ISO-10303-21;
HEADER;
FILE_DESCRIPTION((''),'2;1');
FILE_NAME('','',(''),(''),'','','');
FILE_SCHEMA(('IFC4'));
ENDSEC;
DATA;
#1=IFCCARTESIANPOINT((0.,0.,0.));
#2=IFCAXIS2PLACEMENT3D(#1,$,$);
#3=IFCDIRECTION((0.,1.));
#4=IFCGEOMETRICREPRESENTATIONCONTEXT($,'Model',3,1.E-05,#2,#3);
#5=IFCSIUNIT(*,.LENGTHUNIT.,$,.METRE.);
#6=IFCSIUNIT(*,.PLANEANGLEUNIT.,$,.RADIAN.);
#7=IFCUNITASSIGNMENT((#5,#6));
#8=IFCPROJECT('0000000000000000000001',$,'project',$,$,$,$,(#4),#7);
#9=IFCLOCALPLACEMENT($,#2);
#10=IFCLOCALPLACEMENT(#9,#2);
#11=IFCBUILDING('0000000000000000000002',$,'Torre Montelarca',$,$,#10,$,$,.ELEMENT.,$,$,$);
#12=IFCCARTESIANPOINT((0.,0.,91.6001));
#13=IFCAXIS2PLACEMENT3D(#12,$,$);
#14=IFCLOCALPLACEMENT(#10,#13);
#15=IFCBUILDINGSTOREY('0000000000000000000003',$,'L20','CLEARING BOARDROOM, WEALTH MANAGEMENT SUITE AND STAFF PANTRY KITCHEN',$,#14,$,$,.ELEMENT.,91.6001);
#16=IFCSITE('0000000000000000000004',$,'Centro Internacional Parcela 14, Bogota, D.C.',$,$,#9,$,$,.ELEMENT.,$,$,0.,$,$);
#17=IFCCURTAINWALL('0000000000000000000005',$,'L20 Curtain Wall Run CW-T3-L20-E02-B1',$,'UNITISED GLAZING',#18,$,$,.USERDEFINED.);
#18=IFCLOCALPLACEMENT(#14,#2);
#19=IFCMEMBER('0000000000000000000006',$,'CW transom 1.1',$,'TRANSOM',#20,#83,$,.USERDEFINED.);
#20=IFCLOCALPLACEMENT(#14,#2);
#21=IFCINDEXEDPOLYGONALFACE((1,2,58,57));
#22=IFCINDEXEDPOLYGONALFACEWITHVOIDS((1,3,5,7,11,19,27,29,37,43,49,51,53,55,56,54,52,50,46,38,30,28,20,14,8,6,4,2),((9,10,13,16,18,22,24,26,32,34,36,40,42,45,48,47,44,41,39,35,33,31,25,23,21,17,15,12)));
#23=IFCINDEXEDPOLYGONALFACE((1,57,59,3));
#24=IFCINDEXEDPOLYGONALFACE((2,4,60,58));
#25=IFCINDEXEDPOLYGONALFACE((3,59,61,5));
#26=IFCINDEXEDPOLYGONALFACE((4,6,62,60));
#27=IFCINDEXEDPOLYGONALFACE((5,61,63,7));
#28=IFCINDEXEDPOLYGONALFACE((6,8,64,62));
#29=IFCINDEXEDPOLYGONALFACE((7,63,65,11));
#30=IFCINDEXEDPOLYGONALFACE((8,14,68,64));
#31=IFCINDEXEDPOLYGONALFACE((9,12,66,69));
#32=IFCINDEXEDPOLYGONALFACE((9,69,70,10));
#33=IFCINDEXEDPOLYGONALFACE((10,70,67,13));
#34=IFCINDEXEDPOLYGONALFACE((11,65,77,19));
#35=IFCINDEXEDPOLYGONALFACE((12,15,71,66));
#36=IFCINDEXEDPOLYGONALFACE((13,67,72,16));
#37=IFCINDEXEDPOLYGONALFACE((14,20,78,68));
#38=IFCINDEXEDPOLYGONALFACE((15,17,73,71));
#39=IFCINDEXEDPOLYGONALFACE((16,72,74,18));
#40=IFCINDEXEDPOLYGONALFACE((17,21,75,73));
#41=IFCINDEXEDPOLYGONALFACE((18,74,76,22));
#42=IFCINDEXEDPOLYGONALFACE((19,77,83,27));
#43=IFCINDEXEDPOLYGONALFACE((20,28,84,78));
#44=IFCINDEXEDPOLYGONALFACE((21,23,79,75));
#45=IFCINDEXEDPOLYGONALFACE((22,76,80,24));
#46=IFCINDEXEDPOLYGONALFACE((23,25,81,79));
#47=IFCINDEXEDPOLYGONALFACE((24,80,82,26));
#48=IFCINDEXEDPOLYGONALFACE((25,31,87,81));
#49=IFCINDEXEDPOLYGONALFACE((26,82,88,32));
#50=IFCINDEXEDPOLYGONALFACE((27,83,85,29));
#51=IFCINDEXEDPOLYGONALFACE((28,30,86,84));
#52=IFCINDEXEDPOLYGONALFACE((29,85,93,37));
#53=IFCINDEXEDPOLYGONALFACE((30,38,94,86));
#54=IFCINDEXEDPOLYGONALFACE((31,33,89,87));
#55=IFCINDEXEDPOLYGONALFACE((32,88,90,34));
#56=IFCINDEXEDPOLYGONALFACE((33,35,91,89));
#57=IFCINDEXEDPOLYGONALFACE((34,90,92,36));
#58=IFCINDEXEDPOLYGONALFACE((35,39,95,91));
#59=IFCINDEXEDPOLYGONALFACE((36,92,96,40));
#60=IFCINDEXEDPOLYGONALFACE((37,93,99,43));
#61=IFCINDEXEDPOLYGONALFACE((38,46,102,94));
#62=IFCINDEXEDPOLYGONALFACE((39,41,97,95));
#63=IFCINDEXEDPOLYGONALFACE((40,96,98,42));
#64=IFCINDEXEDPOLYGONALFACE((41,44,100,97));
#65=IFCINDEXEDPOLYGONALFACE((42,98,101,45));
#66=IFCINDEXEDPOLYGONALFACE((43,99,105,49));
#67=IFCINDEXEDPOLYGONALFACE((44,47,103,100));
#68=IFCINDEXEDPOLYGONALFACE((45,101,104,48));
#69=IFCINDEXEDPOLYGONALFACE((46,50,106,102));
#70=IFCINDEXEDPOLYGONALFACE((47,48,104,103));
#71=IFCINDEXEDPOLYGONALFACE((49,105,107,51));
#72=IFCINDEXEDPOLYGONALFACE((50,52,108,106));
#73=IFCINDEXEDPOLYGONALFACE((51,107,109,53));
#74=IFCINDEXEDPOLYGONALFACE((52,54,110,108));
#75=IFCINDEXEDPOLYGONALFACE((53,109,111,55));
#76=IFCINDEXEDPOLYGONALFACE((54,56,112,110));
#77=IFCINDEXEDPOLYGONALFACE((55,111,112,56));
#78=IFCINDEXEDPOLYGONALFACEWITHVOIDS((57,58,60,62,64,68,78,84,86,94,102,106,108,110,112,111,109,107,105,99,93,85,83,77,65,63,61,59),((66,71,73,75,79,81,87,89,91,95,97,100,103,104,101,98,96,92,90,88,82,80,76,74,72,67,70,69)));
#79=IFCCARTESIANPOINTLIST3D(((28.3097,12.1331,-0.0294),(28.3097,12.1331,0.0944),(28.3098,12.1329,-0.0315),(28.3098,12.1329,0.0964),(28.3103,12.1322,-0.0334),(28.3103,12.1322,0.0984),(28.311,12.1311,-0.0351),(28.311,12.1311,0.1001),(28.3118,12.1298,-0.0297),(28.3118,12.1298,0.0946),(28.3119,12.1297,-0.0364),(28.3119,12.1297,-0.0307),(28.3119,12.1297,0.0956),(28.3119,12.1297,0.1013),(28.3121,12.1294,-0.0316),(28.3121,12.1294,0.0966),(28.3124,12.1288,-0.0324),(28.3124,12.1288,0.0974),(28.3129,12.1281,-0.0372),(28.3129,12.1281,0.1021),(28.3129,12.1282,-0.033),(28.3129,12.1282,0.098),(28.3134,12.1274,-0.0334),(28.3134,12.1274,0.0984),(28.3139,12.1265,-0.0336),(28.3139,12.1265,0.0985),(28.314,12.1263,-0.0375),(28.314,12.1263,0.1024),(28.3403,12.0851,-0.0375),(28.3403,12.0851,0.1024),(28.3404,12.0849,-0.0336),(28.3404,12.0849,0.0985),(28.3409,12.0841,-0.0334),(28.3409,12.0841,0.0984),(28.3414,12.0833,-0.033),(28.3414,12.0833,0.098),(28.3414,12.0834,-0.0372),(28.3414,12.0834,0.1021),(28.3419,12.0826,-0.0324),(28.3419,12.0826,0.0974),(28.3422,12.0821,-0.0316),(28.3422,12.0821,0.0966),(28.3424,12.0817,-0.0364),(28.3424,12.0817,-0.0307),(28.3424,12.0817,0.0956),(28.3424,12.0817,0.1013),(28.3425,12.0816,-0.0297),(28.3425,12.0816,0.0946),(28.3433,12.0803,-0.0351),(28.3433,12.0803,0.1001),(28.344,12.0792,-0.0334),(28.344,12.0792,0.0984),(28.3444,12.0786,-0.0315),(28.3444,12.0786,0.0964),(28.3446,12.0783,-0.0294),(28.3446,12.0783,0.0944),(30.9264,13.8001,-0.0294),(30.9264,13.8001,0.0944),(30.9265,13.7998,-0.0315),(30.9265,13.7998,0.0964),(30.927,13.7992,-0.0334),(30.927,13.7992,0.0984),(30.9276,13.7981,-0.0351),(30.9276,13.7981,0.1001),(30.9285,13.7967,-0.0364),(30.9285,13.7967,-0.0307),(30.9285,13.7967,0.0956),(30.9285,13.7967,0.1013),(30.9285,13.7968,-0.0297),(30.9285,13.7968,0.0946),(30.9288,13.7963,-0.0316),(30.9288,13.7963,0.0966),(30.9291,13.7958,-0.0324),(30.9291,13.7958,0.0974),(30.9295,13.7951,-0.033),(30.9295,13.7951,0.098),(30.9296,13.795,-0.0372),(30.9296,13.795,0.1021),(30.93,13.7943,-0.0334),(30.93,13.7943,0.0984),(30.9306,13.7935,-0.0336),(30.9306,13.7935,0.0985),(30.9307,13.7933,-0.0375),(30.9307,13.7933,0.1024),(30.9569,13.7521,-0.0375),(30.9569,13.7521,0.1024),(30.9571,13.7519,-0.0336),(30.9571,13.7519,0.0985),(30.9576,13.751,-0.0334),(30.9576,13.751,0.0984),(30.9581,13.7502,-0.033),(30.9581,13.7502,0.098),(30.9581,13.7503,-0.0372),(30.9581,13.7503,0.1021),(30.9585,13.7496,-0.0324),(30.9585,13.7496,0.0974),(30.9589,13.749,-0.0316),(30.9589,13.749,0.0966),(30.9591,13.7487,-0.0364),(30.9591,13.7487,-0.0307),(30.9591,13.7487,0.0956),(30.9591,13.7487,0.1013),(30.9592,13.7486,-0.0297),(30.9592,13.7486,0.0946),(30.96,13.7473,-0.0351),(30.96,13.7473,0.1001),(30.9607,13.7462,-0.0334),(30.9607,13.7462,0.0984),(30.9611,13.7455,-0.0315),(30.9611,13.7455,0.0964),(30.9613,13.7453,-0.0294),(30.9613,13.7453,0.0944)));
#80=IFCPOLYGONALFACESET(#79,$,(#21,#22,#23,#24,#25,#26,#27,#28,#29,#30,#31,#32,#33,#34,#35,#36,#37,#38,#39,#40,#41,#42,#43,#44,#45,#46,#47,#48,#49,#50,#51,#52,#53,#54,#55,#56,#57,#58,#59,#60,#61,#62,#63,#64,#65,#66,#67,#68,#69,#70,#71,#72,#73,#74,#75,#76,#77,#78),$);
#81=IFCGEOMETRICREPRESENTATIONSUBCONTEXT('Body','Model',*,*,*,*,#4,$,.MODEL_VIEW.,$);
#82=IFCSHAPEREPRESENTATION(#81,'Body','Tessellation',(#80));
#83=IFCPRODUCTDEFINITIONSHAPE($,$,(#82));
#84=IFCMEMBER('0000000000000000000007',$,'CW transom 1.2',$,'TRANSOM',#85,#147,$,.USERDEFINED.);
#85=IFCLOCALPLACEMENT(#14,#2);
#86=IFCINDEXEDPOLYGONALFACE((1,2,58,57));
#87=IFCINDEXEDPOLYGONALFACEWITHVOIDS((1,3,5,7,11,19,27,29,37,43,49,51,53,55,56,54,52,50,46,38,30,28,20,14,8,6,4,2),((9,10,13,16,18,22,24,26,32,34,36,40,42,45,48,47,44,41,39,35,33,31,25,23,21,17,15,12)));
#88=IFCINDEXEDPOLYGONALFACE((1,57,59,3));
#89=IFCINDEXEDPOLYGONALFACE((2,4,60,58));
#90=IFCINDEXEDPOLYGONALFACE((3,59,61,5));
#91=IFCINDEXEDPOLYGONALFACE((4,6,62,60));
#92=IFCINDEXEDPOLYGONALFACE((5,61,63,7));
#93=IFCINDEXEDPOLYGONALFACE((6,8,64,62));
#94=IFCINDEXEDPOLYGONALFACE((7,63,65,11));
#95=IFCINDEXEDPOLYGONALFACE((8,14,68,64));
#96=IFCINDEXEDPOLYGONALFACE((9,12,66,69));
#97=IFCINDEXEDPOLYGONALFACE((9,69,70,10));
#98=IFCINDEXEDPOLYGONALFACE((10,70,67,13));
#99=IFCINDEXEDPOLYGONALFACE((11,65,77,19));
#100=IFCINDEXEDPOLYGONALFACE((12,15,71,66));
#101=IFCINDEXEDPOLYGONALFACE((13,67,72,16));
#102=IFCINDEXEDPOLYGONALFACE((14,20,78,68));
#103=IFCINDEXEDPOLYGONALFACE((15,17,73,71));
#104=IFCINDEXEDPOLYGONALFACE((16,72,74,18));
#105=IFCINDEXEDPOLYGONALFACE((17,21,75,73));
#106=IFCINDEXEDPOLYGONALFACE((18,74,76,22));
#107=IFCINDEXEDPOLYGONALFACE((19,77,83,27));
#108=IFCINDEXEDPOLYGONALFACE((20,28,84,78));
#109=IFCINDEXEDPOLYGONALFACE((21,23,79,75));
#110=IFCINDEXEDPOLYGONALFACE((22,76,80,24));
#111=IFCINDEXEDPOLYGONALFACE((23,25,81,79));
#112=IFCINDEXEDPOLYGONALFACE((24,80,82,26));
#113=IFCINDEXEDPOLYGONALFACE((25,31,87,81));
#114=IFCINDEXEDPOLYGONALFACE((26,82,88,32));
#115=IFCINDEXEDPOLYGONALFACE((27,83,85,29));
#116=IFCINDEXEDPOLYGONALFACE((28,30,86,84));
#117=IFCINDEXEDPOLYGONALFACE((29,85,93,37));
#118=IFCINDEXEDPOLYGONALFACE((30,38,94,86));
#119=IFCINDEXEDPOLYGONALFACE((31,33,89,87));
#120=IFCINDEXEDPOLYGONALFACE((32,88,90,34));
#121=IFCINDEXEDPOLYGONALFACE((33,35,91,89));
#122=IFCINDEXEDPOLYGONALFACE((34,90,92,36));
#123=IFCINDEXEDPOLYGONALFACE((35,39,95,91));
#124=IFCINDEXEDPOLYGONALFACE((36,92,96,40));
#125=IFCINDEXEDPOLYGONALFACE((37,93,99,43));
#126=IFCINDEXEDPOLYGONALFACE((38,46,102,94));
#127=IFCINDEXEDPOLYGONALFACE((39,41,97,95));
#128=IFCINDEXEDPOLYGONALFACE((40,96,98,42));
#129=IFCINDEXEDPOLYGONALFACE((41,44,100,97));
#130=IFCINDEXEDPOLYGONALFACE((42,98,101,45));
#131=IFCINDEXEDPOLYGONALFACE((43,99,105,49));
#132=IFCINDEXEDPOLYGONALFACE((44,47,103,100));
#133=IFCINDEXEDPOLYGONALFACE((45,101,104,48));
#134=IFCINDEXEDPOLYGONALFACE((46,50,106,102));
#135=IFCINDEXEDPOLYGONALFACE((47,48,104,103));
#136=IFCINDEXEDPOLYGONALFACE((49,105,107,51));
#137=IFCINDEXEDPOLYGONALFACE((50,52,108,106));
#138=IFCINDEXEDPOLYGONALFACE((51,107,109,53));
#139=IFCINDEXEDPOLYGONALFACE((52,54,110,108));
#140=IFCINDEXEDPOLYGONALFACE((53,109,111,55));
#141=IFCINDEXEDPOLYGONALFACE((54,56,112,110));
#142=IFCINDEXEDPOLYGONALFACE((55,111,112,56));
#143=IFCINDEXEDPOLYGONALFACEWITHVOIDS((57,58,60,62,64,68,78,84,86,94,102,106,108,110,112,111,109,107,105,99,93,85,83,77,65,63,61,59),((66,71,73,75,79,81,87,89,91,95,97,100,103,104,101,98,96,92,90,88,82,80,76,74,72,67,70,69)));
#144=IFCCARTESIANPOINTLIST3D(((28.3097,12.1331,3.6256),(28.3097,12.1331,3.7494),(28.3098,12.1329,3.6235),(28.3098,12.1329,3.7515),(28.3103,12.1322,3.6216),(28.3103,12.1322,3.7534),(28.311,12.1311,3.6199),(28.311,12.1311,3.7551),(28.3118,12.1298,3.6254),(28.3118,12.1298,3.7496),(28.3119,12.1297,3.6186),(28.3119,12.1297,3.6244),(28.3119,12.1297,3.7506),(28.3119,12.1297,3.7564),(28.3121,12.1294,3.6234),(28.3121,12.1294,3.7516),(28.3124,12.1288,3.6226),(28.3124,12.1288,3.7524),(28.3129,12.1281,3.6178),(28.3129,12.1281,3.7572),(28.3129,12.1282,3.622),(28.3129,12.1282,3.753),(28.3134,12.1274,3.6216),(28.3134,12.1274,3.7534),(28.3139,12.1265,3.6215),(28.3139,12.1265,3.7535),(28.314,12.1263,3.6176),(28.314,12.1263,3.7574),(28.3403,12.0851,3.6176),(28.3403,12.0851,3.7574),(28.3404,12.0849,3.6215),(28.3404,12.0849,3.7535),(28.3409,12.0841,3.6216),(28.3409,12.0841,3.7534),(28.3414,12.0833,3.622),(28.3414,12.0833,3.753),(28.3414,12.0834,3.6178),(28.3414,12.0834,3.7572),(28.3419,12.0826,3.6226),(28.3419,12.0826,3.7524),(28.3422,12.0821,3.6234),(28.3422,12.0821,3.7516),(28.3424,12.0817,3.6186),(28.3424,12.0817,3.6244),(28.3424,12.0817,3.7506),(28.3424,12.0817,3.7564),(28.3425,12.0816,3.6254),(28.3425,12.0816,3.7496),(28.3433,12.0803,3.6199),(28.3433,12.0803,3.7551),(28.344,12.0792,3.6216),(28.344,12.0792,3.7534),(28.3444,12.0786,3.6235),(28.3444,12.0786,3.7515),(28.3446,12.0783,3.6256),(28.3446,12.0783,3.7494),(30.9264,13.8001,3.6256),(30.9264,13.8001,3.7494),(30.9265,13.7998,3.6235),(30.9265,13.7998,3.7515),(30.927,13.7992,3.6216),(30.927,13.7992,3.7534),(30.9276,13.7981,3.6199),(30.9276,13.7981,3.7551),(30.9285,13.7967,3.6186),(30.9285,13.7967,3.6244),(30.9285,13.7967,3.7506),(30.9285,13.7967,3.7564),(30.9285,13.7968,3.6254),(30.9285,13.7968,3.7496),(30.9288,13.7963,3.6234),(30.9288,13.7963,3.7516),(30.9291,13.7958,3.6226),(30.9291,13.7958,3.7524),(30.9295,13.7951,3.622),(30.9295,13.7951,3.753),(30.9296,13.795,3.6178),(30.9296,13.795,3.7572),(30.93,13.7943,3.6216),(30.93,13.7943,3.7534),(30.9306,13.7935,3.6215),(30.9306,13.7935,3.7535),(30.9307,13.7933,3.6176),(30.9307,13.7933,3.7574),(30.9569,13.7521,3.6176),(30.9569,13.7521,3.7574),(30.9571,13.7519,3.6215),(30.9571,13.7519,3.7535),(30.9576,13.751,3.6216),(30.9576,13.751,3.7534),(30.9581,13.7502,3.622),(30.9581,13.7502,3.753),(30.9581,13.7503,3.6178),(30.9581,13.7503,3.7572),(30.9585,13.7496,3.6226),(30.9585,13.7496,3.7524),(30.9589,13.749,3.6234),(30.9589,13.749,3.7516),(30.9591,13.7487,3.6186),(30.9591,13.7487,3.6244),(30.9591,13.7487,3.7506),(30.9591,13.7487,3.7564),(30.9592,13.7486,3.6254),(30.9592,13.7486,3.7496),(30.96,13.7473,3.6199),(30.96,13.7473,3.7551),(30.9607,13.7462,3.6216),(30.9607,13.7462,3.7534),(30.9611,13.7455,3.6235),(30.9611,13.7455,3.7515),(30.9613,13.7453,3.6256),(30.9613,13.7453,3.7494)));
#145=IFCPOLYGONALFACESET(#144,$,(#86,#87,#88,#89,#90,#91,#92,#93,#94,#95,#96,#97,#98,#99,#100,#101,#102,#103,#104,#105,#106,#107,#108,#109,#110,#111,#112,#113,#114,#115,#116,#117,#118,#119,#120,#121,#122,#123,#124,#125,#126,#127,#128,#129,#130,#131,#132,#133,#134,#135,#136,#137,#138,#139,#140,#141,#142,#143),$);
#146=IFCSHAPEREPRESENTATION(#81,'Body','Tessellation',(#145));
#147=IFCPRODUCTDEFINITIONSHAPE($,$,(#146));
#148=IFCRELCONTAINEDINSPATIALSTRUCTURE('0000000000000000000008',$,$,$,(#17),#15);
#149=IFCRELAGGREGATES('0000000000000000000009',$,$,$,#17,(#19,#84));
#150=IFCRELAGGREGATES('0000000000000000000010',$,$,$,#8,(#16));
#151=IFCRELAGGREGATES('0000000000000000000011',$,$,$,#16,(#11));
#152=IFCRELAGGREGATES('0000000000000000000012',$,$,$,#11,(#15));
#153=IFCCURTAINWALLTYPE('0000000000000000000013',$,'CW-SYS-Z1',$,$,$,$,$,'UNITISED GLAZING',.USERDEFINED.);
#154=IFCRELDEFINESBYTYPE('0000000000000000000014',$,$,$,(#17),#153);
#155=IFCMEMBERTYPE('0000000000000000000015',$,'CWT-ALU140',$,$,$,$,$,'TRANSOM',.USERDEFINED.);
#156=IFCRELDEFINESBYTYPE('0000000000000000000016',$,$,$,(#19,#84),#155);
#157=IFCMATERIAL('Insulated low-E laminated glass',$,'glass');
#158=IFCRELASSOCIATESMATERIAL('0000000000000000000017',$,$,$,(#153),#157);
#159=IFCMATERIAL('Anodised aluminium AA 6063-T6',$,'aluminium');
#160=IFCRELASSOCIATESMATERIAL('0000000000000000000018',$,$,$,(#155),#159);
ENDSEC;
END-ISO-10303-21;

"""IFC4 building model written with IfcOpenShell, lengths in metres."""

from ifc_helpers import new_model, si_unit, direction, frame, origin, origin_2d, place, context, subcontext, project, spatial, hollow_rectangle, extrude, source, transform, mapped, material, material_profile, profile_set, type_object, element, aggregate, save


model = new_model("IFC4")

# Units and contexts
model_context = context("Model", 3, precision=1e-05, world=origin(), true_north=direction((0.0, 1.0)))
body_context = subcontext(model_context, "Body", "Model", "MODEL_VIEW")
ifc_project = project(units=[si_unit("LENGTHUNIT", "METRE"), si_unit("PLANEANGLEUNIT", "RADIAN")], contexts=[model_context])

# Site, building, storey
site_placement = place(None, origin())
site = spatial("IfcSite", under=ifc_project, at=site_placement, Name="Centro Internacional Parcela 14, Bogota, D.C.", CompositionType="ELEMENT", RefElevation=0.0)
building_placement = place(site_placement, origin())
building = spatial("IfcBuilding", under=site, at=building_placement, Name="Torre Montelarca", CompositionType="ELEMENT")
storey_placement = place(building_placement, frame((0.0, 0.0, 91.6001)))
storey = spatial("IfcBuildingStorey", under=building, at=storey_placement, Name="L20", Description="CLEARING BOARDROOM, WEALTH MANAGEMENT SUITE AND STAFF PANTRY KITCHEN", CompositionType="ELEMENT", Elevation=91.6001)

# Curtain wall
ifc_material_1 = material(Name="Insulated low-E laminated glass", Category="glass")
curtain_wall_type = type_object("IfcCurtainWallType", Name="CW-SYS-Z1", ElementType="UNITISED GLAZING", PredefinedType="USERDEFINED", material=ifc_material_1)
ifc_material_2 = material(Name="Anodised aluminium AA 6063-T6", Category="aluminium")
ifc_material_profile_1 = material_profile(ifc_material_2, hollow_rectangle(XDim=0.0649, YDim=0.1399, WallThickness=0.0039, InnerFilletRadius=0.0039, OuterFilletRadius=0.0081, at=origin_2d()), Name="ALU65X140X4", Category="aluminium")
ifc_profile_set_1 = profile_set([ifc_material_profile_1], Name="Anodised aluminium AA 6063-T6")
member_type_1 = type_object("IfcMemberType", Name="CWT-ALU140", ElementType="TRANSOM", PredefinedType="USERDEFINED", material=ifc_profile_set_1)
curtain_wall_1_placement = place(storey_placement, origin())
curtain_wall_1 = element("IfcCurtainWall", 1, at=curtain_wall_1_placement, inside=storey, type_object=curtain_wall_type, Name="L20 Curtain Wall Run CW-T3-L20-E02-B1", ObjectType="UNITISED GLAZING", PredefinedType="USERDEFINED")

# Members
shared_shape_1 = source(origin(), body_context, "Body", "SweptSolid", [
    extrude(hollow_rectangle(XDim=0.0649, YDim=0.1399, WallThickness=0.0039, InnerFilletRadius=0.0039, OuterFilletRadius=0.0081, at=origin_2d()), origin(), (0.0, 0.0, 1.0), 3.1025),
])
member_1_placement = place(storey_placement, frame((28.3271, 12.1057, 0.0325), z_axis=(0.843396, 0.537293, 0.0), x_axis=(-0.537293, 0.843396, 0.0)))
member_1 = element("IfcMember", 2, at=member_1_placement, type_object=member_type_1, Name="CW transom 1.1", ObjectType="TRANSOM", PredefinedType="USERDEFINED", context=body_context, shape_type="MappedRepresentation", body=[
    mapped(shared_shape_1, transform((0.0, 0.0, 0.0), scale=1.0)),
])
member_2_placement = place(storey_placement, frame((28.3271, 12.1057, 3.6875), z_axis=(0.843396, 0.537293, 0.0), x_axis=(-0.537293, 0.843396, 0.0)))
member_2 = element("IfcMember", 3, at=member_2_placement, type_object=member_type_1, Name="CW transom 1.2", ObjectType="TRANSOM", PredefinedType="USERDEFINED", context=body_context, shape_type="MappedRepresentation", body=[
    mapped(shared_shape_1, transform((0.0, 0.0, 0.0), scale=1.0)),
])

aggregate(curtain_wall_1, [member_1, member_2])

save(model, "model.ifc")
